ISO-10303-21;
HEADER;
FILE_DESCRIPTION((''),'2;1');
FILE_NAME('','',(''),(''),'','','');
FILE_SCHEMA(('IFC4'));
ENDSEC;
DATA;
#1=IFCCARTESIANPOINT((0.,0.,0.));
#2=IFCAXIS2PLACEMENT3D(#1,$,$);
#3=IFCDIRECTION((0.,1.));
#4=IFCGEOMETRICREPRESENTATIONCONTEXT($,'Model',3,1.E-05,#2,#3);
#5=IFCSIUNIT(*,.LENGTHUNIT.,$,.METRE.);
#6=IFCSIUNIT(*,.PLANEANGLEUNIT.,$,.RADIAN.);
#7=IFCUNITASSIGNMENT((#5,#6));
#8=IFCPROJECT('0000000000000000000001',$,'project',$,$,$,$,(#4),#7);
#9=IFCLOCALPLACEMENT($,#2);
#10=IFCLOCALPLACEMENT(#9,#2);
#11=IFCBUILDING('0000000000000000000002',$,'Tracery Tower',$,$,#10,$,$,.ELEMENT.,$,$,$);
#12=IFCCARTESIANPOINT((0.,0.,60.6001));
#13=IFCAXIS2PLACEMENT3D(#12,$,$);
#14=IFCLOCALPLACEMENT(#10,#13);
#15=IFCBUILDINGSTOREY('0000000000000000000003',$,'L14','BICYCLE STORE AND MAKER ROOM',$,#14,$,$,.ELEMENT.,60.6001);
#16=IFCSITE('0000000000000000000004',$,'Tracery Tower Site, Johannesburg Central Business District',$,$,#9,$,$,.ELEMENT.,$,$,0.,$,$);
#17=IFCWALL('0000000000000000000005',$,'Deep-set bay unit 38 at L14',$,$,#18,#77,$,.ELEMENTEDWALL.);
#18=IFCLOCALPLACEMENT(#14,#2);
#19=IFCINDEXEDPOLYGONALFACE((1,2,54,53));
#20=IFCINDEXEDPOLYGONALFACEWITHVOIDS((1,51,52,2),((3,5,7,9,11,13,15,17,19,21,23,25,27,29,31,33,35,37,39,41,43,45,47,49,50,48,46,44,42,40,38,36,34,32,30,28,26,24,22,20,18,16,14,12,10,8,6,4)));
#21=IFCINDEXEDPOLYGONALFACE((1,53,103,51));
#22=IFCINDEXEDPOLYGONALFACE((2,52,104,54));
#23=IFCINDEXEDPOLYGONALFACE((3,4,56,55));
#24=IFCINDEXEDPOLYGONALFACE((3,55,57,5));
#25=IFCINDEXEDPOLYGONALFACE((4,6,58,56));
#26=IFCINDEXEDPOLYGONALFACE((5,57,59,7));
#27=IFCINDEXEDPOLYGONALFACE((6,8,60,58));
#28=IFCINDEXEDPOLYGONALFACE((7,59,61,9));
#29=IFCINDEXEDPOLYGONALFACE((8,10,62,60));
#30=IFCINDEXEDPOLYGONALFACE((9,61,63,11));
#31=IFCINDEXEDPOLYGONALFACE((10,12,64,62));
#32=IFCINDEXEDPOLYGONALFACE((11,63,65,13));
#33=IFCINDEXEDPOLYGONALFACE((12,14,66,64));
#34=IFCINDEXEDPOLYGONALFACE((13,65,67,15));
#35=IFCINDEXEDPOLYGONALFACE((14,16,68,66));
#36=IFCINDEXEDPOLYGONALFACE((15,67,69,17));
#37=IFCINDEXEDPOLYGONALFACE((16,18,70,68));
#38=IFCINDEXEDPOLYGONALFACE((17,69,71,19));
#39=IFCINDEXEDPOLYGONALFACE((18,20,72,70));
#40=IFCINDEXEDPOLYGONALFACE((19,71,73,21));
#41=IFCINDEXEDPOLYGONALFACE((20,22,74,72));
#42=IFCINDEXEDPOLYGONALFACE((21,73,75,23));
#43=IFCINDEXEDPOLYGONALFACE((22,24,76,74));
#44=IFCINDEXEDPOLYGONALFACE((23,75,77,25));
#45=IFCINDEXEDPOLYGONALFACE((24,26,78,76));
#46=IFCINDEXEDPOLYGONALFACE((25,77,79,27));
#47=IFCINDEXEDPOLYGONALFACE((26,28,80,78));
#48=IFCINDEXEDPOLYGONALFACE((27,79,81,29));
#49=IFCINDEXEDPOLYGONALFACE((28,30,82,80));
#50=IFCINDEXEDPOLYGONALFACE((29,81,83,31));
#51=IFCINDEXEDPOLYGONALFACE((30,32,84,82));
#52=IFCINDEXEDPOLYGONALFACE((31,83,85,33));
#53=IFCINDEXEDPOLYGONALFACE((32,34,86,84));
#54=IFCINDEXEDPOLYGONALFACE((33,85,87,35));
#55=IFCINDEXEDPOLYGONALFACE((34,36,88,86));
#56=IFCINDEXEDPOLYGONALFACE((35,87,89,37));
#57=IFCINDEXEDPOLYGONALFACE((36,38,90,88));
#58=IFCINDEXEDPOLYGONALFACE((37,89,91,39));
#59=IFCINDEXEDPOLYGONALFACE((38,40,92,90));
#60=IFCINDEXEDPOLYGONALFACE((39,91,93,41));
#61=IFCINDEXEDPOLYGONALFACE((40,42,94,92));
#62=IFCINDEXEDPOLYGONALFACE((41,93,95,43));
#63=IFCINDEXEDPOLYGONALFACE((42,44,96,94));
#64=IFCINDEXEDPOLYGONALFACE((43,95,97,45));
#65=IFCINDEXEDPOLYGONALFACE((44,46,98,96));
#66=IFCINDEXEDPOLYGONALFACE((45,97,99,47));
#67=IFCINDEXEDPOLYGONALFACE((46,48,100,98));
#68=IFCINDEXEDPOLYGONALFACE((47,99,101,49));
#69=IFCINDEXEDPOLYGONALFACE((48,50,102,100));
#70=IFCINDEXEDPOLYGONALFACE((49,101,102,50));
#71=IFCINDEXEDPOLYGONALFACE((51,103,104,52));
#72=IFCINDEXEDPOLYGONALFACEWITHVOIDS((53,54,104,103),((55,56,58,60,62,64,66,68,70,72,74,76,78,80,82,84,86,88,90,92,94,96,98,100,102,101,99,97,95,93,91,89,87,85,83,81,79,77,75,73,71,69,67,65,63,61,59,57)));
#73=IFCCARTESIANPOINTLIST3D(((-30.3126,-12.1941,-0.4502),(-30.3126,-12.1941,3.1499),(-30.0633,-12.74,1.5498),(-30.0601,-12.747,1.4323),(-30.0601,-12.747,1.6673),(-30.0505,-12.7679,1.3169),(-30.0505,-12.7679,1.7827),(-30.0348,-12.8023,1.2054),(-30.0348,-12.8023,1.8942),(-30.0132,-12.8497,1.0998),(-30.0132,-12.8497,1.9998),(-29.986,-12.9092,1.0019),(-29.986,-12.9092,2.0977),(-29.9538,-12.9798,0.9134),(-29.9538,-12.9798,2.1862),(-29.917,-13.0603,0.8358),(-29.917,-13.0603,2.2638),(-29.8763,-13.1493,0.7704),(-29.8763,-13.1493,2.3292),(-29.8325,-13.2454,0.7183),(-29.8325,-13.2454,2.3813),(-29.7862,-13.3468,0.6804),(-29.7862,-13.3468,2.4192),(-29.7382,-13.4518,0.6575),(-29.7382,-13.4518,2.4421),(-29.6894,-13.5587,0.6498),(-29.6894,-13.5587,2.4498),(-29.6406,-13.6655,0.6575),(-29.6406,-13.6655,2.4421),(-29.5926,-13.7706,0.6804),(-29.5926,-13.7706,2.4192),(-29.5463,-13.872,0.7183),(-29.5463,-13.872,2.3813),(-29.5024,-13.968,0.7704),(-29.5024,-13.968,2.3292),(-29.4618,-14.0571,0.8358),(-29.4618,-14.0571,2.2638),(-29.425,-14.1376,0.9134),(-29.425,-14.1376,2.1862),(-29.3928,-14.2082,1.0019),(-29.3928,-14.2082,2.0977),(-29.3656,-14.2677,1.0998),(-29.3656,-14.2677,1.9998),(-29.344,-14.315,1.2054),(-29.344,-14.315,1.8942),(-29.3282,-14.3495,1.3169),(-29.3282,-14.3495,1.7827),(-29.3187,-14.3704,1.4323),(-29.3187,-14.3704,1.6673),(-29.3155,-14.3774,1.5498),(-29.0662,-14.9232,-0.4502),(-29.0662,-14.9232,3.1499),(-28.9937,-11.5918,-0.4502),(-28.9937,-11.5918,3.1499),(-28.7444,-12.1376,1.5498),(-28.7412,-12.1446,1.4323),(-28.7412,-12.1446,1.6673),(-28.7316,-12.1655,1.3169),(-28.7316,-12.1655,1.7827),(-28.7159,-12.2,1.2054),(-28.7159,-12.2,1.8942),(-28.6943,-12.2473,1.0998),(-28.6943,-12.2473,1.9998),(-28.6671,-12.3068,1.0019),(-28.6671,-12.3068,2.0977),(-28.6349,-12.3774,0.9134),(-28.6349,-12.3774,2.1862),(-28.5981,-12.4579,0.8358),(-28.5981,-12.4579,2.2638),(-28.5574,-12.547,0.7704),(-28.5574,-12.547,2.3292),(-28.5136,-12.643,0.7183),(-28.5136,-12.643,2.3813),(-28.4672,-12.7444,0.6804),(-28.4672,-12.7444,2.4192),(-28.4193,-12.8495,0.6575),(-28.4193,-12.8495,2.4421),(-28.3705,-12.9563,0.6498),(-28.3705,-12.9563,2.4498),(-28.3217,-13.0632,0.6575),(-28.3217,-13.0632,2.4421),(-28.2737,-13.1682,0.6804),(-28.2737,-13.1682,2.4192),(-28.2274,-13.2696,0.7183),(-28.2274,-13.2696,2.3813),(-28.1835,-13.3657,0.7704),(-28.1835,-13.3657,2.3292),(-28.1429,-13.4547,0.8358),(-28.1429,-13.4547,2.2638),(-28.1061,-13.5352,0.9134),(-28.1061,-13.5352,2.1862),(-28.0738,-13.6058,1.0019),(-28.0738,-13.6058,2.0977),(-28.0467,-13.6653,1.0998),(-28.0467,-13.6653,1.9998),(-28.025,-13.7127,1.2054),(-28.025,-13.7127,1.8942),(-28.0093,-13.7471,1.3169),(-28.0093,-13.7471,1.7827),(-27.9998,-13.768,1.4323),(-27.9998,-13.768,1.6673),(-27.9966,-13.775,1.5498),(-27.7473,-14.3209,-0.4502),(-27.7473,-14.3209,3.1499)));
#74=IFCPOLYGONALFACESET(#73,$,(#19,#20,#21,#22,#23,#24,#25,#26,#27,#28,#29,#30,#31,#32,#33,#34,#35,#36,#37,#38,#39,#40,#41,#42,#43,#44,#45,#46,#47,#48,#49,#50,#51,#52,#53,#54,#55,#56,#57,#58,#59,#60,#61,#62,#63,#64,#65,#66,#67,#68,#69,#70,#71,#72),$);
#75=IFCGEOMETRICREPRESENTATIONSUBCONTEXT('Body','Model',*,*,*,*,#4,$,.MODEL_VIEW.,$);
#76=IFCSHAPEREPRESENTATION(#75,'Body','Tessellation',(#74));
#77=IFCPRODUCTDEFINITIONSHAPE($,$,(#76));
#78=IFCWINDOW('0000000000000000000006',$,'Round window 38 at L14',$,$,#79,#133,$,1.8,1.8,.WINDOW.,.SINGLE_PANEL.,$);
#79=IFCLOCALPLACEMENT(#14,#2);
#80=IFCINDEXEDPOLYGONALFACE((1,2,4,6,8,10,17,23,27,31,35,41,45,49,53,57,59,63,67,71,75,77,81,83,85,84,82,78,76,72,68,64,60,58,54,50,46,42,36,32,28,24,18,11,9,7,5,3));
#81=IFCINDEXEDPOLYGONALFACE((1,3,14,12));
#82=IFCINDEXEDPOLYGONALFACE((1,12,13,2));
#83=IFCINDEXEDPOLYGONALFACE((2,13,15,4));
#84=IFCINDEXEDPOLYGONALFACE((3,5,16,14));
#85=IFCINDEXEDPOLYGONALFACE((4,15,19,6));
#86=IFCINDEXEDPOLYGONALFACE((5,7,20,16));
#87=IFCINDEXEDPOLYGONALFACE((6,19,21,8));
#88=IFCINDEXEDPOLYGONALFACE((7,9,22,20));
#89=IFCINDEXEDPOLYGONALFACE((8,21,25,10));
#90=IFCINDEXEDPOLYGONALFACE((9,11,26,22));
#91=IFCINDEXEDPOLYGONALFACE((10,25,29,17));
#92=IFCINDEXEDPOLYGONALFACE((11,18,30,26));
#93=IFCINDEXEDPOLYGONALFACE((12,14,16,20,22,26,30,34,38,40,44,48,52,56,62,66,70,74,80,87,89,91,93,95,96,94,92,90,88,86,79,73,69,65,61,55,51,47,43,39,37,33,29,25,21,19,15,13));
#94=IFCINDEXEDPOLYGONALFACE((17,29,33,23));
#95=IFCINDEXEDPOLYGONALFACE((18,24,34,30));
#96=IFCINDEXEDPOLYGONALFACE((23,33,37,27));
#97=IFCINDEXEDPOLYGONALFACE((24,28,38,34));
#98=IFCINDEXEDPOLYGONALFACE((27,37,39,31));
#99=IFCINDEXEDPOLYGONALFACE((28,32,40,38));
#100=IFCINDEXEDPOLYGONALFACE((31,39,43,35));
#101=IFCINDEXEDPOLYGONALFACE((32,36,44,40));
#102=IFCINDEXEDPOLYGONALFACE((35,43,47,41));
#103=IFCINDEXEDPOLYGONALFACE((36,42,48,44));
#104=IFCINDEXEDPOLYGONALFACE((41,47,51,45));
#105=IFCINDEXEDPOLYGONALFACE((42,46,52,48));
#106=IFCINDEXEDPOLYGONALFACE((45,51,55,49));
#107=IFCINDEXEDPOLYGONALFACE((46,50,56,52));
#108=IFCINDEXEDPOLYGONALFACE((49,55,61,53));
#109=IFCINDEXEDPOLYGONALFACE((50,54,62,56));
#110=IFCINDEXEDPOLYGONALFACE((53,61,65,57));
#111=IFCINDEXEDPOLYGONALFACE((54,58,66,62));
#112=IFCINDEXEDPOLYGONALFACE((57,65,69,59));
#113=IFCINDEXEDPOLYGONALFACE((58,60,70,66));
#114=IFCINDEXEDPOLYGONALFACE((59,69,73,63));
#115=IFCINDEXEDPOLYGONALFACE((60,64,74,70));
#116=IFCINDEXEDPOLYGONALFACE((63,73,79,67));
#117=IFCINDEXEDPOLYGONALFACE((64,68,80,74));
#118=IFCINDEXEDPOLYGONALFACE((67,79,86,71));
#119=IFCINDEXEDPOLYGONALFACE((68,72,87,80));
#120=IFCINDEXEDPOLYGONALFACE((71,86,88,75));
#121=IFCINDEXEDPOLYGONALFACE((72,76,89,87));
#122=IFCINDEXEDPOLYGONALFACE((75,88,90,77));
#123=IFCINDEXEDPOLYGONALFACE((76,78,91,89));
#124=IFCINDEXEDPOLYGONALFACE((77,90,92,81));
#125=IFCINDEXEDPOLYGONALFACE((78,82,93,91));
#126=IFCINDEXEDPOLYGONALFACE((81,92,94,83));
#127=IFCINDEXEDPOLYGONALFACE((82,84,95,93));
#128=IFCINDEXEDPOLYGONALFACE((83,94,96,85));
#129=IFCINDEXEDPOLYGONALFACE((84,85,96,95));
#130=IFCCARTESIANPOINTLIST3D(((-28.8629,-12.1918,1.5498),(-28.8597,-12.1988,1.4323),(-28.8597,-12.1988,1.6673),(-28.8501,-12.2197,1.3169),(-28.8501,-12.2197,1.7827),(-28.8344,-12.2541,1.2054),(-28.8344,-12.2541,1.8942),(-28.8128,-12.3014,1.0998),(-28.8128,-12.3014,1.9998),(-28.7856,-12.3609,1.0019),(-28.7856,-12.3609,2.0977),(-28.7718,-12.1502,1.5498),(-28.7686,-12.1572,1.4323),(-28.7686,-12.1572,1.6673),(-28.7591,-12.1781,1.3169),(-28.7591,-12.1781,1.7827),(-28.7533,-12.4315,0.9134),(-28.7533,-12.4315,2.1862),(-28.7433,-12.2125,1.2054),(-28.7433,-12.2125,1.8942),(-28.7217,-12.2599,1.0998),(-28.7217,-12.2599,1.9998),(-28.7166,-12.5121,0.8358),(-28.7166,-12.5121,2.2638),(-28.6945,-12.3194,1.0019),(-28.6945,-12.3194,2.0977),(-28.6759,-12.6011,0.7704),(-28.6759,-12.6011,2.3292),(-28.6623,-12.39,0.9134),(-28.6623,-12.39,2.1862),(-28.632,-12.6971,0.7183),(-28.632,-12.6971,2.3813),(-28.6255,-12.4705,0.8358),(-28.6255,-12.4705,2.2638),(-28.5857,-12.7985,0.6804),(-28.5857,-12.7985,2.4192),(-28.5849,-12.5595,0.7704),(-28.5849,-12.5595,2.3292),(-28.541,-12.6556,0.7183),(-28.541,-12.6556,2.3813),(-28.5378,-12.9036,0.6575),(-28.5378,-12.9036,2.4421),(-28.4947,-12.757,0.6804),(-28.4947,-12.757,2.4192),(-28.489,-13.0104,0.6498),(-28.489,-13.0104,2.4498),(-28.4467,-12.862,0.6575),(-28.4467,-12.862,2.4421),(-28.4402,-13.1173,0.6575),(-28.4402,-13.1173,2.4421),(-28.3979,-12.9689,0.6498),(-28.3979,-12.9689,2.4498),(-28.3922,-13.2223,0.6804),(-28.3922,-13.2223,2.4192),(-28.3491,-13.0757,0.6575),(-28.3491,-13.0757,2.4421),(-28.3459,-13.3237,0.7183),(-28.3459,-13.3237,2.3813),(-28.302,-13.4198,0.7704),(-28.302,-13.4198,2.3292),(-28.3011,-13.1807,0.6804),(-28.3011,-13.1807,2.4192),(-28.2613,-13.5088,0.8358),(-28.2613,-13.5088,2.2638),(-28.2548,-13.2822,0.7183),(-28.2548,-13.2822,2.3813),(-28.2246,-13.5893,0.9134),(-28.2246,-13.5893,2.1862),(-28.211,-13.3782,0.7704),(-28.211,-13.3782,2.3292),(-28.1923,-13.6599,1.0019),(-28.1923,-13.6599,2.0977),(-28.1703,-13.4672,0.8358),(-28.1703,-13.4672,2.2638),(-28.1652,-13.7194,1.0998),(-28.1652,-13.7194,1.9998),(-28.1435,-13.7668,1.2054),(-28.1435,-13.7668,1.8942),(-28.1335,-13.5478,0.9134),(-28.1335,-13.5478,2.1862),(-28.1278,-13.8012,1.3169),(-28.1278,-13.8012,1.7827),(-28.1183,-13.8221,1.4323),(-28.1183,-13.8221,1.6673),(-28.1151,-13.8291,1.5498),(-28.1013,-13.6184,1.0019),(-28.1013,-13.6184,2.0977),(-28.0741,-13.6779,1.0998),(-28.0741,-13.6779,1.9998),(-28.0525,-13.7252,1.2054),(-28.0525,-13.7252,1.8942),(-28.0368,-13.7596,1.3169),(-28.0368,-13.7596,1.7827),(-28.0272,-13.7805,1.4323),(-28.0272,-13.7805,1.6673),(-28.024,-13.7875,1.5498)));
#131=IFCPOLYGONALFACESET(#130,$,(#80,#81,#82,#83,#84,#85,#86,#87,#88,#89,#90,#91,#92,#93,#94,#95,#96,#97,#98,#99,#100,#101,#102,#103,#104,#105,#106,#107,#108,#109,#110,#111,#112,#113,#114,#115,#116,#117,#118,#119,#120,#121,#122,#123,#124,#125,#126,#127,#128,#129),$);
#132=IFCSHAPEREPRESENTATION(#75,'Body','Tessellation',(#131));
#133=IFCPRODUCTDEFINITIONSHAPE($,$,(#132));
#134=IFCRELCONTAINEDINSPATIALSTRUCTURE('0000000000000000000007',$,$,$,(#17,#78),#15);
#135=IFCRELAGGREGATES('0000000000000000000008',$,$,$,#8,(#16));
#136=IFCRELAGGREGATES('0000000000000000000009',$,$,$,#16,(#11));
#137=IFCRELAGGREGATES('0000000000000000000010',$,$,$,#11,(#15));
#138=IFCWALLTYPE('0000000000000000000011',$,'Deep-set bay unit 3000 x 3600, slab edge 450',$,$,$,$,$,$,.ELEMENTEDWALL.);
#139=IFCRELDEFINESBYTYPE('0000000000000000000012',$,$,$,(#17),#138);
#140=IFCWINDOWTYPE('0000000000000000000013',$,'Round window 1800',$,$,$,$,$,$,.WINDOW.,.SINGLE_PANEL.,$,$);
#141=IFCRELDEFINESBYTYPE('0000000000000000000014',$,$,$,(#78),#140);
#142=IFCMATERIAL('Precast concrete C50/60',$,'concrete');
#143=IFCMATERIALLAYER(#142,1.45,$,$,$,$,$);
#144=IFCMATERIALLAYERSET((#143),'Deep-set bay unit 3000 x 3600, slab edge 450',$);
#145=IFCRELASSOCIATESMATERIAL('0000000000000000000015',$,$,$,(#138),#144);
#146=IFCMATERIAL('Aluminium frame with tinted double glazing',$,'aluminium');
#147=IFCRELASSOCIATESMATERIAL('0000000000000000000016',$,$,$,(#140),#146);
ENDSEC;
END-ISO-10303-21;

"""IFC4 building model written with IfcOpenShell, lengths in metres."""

from ifc_helpers import new_model, si_unit, direction, frame, frame_2d, origin, origin_2d, place, context, subcontext, project, spatial, rectangle, circle, extrude, material, layer, layer_set, type_object, element, fill, save


model = new_model("IFC4")

# Units and contexts
model_context = context("Model", 3, precision=1e-05, world=origin(), true_north=direction((0.0, 1.0)))
body_context = subcontext(model_context, "Body", "Model", "MODEL_VIEW")
ifc_project = project(units=[si_unit("LENGTHUNIT", "METRE"), si_unit("PLANEANGLEUNIT", "RADIAN")], contexts=[model_context])

# Site, building, storey
site_placement = place(None, origin())
site = spatial("IfcSite", under=ifc_project, at=site_placement, Name="Tracery Tower Site, Johannesburg Central Business District", CompositionType="ELEMENT", RefElevation=0.0)
building_placement = place(site_placement, origin())
building = spatial("IfcBuilding", under=site, at=building_placement, Name="Tracery Tower", CompositionType="ELEMENT")
storey_placement = place(building_placement, frame((0.0, 0.0, 60.6001)))
storey = spatial("IfcBuildingStorey", under=building, at=storey_placement, Name="L14", Description="BICYCLE STORE AND MAKER ROOM", CompositionType="ELEMENT", Elevation=60.6001)

# Wall, opening, window
ifc_material_1 = material(Name="Precast concrete C50/60", Category="concrete")
ifc_layer_1 = layer(ifc_material_1, 1.45)
ifc_layer_set_1 = layer_set([ifc_layer_1], Name="Deep-set bay unit 3000 x 3600, slab edge 450")
wall_type_1 = type_object("IfcWallType", Name="Deep-set bay unit 3000 x 3600, slab edge 450", PredefinedType="ELEMENTEDWALL", material=ifc_layer_set_1)
wall_1_placement = place(storey_placement, frame((-29.6531, -11.8931, -0.4502), z_axis=(0.0, 0.0, 1.0), x_axis=(0.415427, -0.909627, 0.0)))
wall_1 = element("IfcWall", 1, at=wall_1_placement, inside=storey, type_object=wall_type_1, Name="Deep-set bay unit 38 at L14", PredefinedType="ELEMENTEDWALL", context=body_context, shape_type="SweptSolid", body=[
    extrude(rectangle(XDim=3.0002, YDim=1.45, at=frame_2d((1.5, 0.0))), origin(), (0.0, 0.0, 1.0), 3.6001),
])
opening_1_placement = place(wall_1_placement, frame((1.5, 0.0, 2.0)))
opening_1 = element("IfcOpeningElement", 2, at=opening_1_placement, cuts=wall_1, PredefinedType="OPENING", context=body_context, shape_type="SweptSolid", body=[
    extrude(circle(Radius=0.9, at=origin_2d()), frame((0.0, 0.7349, 0.0), z_axis=(0.0, -1.0, 0.0), x_axis=(1.0, 0.0, 0.0)), (0.0, 0.0, 1.0), 1.47),
])
ifc_material_2 = material(Name="Aluminium frame with tinted double glazing", Category="aluminium")
window_type = type_object("IfcWindowType", Name="Round window 1800", PartitioningType="SINGLE_PANEL", PredefinedType="WINDOW", material=ifc_material_2)
window_1_placement = place(opening_1_placement, origin())
window_1 = element("IfcWindow", 3, at=window_1_placement, inside=storey, type_object=window_type, Name="Round window 38 at L14", OverallHeight=1.8, OverallWidth=1.8, PartitioningType="SINGLE_PANEL", PredefinedType="WINDOW", context=body_context, shape_type="SweptSolid", body=[
    extrude(circle(Radius=0.9, at=origin_2d()), frame((0.0, 0.6948, 0.0), z_axis=(0.0, -1.0, 0.0), x_axis=(1.0, 0.0, 0.0)), (0.0, 0.0, 1.0), 0.1001),
])
fill(opening_1, window_1)

save(model, "model.ifc")
